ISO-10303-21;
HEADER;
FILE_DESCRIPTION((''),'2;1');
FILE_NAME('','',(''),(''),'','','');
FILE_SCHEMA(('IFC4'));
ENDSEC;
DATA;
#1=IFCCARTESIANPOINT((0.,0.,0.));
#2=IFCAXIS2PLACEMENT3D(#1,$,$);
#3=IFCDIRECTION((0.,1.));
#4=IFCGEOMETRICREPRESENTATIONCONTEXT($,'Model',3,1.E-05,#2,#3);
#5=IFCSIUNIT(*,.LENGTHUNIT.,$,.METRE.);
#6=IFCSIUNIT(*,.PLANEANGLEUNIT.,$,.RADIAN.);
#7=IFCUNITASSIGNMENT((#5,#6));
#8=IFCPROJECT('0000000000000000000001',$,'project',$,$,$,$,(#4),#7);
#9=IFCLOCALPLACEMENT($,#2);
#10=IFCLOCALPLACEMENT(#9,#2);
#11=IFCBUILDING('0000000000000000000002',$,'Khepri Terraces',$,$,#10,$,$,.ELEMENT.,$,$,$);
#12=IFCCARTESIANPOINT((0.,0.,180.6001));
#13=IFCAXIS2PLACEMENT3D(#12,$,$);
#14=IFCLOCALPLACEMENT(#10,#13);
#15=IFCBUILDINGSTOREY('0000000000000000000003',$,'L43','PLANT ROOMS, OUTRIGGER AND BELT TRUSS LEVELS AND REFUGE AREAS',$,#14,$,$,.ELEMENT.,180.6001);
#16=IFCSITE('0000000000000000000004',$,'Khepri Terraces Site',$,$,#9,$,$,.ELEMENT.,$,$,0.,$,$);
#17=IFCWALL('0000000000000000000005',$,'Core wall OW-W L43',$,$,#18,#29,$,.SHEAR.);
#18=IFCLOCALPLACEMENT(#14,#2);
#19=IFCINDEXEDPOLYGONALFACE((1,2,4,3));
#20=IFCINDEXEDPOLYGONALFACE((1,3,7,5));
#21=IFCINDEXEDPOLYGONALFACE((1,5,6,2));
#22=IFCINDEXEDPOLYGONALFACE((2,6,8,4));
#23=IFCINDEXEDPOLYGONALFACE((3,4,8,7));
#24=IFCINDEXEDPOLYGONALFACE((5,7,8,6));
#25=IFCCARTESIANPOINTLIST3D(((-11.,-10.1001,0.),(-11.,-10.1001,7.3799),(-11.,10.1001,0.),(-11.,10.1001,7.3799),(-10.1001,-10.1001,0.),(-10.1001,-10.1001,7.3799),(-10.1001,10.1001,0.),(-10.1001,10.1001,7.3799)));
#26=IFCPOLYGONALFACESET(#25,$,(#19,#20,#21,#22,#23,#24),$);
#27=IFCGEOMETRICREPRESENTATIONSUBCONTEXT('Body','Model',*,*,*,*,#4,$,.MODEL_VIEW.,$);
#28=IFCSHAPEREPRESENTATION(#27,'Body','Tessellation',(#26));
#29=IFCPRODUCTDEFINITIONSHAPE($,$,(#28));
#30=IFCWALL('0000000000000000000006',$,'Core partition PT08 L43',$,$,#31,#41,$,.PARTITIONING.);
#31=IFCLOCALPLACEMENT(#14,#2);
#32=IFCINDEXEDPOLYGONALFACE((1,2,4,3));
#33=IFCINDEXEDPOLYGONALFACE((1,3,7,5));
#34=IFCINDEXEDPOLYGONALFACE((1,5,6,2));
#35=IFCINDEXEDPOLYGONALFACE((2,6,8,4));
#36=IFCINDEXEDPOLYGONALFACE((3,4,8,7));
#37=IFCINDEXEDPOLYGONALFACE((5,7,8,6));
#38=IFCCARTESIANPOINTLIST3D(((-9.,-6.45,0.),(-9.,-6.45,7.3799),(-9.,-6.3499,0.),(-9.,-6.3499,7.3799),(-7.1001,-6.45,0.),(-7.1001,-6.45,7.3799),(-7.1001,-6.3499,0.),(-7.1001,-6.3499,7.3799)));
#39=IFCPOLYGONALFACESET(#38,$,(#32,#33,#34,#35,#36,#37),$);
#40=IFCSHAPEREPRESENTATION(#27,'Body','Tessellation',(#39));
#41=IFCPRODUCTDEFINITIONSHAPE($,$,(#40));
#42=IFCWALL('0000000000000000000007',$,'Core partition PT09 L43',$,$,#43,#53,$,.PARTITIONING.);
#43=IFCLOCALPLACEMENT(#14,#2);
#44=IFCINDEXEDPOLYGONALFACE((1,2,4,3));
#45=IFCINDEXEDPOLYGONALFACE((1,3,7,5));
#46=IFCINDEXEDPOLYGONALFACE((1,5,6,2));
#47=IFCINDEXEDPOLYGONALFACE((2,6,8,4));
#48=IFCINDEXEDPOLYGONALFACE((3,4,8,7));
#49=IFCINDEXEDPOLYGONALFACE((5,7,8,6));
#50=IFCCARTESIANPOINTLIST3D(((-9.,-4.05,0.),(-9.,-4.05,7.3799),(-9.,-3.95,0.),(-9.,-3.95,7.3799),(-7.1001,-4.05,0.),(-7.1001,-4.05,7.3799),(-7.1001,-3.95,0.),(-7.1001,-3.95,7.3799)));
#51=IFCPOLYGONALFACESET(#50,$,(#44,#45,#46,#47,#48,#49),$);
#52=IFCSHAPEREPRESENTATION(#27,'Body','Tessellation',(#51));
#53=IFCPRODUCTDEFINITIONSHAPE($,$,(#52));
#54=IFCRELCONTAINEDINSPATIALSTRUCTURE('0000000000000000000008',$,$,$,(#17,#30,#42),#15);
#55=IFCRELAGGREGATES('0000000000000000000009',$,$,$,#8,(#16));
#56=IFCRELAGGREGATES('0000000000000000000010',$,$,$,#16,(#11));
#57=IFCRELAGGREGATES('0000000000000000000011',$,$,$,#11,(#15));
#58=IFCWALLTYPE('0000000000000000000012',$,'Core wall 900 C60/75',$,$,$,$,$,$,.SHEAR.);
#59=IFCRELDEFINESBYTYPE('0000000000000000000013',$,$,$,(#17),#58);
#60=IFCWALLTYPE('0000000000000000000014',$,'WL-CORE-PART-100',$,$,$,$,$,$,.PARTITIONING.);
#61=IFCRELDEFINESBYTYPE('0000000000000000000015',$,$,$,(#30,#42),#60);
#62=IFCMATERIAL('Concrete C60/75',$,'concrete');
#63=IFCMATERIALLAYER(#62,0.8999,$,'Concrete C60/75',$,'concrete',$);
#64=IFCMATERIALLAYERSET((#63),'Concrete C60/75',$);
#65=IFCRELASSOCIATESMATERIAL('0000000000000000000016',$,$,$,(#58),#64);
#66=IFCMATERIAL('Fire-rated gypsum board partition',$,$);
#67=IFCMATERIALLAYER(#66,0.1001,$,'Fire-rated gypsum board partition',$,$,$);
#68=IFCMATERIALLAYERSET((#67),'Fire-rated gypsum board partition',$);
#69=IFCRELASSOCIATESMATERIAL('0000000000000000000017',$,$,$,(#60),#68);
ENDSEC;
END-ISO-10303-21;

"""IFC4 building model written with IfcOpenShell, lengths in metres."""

from ifc_helpers import new_model, si_unit, direction, frame, frame_2d, origin, place, context, subcontext, project, spatial, rectangle, extrude, material, layer, layer_set, type_object, element, save


model = new_model("IFC4")

# Units and contexts
model_context = context("Model", 3, precision=1e-05, world=origin(), true_north=direction((0.0, 1.0)))
body_context = subcontext(model_context, "Body", "Model", "MODEL_VIEW")
ifc_project = project(units=[si_unit("LENGTHUNIT", "METRE"), si_unit("PLANEANGLEUNIT", "RADIAN")], contexts=[model_context])

# Site, building, storey
site_placement = place(None, origin())
site = spatial("IfcSite", under=ifc_project, at=site_placement, Name="Khepri Terraces Site", CompositionType="ELEMENT", RefElevation=0.0)
building_placement = place(site_placement, origin())
building = spatial("IfcBuilding", under=site, at=building_placement, Name="Khepri Terraces", CompositionType="ELEMENT")
storey_placement = place(building_placement, frame((0.0, 0.0, 180.6001)))
storey = spatial("IfcBuildingStorey", under=building, at=storey_placement, Name="L43", Description="PLANT ROOMS, OUTRIGGER AND BELT TRUSS LEVELS AND REFUGE AREAS", CompositionType="ELEMENT", Elevation=180.6001)

# Shared definitions
ifc_material_1 = material(Name="Concrete C60/75", Category="concrete")

# Walls
ifc_layer_1 = layer(ifc_material_1, 0.8999, Name="Concrete C60/75", Category="concrete")
ifc_layer_set_1 = layer_set([ifc_layer_1], Name="Concrete C60/75")
wall_type_1 = type_object("IfcWallType", Name="Core wall 900 C60/75", PredefinedType="SHEAR", material=ifc_layer_set_1)
wall_1_placement = place(storey_placement, frame((-10.55, -10.1001, 0.0), z_axis=(0.0, 0.0, 1.0), x_axis=(0.0, 1.0, 0.0)))
element("IfcWall", 1, at=wall_1_placement, inside=storey, type_object=wall_type_1, Name="Core wall OW-W L43", PredefinedType="SHEAR", context=body_context, shape_type="SweptSolid", body=[
    extrude(rectangle(XDim=20.2002, YDim=0.8999, at=frame_2d((10.1001, 0.0))), origin(), (0.0, 0.0, 1.0), 7.3799),
])
ifc_material_2 = material(Name="Fire-rated gypsum board partition")
ifc_layer_2 = layer(ifc_material_2, 0.1001, Name="Fire-rated gypsum board partition")
ifc_layer_set_2 = layer_set([ifc_layer_2], Name="Fire-rated gypsum board partition")
wall_type_2 = type_object("IfcWallType", Name="WL-CORE-PART-100", PredefinedType="PARTITIONING", material=ifc_layer_set_2)
for number, where, z_axis, x_axis, name in (
    (2, (-9.0, -6.3999, 0.0), (0.0, 0.0, 1.0), (1.0, 0.0, 0.0), "Core partition PT08 L43"),
    (3, (-9.0, -4.0, 0.0), (0.0, 0.0, 1.0), (1.0, 0.0, 0.0), "Core partition PT09 L43"),
):
    element("IfcWall", number, at=place(storey_placement, frame(where, z_axis=z_axis, x_axis=x_axis)), inside=storey, type_object=wall_type_2, Name=name, PredefinedType="PARTITIONING", context=body_context, shape_type="SweptSolid", body=[
        extrude(rectangle(XDim=1.8999, YDim=0.1001, at=frame_2d((0.95, 0.0))), origin(), (0.0, 0.0, 1.0), 7.3799),
    ])

save(model, "model.ifc")
